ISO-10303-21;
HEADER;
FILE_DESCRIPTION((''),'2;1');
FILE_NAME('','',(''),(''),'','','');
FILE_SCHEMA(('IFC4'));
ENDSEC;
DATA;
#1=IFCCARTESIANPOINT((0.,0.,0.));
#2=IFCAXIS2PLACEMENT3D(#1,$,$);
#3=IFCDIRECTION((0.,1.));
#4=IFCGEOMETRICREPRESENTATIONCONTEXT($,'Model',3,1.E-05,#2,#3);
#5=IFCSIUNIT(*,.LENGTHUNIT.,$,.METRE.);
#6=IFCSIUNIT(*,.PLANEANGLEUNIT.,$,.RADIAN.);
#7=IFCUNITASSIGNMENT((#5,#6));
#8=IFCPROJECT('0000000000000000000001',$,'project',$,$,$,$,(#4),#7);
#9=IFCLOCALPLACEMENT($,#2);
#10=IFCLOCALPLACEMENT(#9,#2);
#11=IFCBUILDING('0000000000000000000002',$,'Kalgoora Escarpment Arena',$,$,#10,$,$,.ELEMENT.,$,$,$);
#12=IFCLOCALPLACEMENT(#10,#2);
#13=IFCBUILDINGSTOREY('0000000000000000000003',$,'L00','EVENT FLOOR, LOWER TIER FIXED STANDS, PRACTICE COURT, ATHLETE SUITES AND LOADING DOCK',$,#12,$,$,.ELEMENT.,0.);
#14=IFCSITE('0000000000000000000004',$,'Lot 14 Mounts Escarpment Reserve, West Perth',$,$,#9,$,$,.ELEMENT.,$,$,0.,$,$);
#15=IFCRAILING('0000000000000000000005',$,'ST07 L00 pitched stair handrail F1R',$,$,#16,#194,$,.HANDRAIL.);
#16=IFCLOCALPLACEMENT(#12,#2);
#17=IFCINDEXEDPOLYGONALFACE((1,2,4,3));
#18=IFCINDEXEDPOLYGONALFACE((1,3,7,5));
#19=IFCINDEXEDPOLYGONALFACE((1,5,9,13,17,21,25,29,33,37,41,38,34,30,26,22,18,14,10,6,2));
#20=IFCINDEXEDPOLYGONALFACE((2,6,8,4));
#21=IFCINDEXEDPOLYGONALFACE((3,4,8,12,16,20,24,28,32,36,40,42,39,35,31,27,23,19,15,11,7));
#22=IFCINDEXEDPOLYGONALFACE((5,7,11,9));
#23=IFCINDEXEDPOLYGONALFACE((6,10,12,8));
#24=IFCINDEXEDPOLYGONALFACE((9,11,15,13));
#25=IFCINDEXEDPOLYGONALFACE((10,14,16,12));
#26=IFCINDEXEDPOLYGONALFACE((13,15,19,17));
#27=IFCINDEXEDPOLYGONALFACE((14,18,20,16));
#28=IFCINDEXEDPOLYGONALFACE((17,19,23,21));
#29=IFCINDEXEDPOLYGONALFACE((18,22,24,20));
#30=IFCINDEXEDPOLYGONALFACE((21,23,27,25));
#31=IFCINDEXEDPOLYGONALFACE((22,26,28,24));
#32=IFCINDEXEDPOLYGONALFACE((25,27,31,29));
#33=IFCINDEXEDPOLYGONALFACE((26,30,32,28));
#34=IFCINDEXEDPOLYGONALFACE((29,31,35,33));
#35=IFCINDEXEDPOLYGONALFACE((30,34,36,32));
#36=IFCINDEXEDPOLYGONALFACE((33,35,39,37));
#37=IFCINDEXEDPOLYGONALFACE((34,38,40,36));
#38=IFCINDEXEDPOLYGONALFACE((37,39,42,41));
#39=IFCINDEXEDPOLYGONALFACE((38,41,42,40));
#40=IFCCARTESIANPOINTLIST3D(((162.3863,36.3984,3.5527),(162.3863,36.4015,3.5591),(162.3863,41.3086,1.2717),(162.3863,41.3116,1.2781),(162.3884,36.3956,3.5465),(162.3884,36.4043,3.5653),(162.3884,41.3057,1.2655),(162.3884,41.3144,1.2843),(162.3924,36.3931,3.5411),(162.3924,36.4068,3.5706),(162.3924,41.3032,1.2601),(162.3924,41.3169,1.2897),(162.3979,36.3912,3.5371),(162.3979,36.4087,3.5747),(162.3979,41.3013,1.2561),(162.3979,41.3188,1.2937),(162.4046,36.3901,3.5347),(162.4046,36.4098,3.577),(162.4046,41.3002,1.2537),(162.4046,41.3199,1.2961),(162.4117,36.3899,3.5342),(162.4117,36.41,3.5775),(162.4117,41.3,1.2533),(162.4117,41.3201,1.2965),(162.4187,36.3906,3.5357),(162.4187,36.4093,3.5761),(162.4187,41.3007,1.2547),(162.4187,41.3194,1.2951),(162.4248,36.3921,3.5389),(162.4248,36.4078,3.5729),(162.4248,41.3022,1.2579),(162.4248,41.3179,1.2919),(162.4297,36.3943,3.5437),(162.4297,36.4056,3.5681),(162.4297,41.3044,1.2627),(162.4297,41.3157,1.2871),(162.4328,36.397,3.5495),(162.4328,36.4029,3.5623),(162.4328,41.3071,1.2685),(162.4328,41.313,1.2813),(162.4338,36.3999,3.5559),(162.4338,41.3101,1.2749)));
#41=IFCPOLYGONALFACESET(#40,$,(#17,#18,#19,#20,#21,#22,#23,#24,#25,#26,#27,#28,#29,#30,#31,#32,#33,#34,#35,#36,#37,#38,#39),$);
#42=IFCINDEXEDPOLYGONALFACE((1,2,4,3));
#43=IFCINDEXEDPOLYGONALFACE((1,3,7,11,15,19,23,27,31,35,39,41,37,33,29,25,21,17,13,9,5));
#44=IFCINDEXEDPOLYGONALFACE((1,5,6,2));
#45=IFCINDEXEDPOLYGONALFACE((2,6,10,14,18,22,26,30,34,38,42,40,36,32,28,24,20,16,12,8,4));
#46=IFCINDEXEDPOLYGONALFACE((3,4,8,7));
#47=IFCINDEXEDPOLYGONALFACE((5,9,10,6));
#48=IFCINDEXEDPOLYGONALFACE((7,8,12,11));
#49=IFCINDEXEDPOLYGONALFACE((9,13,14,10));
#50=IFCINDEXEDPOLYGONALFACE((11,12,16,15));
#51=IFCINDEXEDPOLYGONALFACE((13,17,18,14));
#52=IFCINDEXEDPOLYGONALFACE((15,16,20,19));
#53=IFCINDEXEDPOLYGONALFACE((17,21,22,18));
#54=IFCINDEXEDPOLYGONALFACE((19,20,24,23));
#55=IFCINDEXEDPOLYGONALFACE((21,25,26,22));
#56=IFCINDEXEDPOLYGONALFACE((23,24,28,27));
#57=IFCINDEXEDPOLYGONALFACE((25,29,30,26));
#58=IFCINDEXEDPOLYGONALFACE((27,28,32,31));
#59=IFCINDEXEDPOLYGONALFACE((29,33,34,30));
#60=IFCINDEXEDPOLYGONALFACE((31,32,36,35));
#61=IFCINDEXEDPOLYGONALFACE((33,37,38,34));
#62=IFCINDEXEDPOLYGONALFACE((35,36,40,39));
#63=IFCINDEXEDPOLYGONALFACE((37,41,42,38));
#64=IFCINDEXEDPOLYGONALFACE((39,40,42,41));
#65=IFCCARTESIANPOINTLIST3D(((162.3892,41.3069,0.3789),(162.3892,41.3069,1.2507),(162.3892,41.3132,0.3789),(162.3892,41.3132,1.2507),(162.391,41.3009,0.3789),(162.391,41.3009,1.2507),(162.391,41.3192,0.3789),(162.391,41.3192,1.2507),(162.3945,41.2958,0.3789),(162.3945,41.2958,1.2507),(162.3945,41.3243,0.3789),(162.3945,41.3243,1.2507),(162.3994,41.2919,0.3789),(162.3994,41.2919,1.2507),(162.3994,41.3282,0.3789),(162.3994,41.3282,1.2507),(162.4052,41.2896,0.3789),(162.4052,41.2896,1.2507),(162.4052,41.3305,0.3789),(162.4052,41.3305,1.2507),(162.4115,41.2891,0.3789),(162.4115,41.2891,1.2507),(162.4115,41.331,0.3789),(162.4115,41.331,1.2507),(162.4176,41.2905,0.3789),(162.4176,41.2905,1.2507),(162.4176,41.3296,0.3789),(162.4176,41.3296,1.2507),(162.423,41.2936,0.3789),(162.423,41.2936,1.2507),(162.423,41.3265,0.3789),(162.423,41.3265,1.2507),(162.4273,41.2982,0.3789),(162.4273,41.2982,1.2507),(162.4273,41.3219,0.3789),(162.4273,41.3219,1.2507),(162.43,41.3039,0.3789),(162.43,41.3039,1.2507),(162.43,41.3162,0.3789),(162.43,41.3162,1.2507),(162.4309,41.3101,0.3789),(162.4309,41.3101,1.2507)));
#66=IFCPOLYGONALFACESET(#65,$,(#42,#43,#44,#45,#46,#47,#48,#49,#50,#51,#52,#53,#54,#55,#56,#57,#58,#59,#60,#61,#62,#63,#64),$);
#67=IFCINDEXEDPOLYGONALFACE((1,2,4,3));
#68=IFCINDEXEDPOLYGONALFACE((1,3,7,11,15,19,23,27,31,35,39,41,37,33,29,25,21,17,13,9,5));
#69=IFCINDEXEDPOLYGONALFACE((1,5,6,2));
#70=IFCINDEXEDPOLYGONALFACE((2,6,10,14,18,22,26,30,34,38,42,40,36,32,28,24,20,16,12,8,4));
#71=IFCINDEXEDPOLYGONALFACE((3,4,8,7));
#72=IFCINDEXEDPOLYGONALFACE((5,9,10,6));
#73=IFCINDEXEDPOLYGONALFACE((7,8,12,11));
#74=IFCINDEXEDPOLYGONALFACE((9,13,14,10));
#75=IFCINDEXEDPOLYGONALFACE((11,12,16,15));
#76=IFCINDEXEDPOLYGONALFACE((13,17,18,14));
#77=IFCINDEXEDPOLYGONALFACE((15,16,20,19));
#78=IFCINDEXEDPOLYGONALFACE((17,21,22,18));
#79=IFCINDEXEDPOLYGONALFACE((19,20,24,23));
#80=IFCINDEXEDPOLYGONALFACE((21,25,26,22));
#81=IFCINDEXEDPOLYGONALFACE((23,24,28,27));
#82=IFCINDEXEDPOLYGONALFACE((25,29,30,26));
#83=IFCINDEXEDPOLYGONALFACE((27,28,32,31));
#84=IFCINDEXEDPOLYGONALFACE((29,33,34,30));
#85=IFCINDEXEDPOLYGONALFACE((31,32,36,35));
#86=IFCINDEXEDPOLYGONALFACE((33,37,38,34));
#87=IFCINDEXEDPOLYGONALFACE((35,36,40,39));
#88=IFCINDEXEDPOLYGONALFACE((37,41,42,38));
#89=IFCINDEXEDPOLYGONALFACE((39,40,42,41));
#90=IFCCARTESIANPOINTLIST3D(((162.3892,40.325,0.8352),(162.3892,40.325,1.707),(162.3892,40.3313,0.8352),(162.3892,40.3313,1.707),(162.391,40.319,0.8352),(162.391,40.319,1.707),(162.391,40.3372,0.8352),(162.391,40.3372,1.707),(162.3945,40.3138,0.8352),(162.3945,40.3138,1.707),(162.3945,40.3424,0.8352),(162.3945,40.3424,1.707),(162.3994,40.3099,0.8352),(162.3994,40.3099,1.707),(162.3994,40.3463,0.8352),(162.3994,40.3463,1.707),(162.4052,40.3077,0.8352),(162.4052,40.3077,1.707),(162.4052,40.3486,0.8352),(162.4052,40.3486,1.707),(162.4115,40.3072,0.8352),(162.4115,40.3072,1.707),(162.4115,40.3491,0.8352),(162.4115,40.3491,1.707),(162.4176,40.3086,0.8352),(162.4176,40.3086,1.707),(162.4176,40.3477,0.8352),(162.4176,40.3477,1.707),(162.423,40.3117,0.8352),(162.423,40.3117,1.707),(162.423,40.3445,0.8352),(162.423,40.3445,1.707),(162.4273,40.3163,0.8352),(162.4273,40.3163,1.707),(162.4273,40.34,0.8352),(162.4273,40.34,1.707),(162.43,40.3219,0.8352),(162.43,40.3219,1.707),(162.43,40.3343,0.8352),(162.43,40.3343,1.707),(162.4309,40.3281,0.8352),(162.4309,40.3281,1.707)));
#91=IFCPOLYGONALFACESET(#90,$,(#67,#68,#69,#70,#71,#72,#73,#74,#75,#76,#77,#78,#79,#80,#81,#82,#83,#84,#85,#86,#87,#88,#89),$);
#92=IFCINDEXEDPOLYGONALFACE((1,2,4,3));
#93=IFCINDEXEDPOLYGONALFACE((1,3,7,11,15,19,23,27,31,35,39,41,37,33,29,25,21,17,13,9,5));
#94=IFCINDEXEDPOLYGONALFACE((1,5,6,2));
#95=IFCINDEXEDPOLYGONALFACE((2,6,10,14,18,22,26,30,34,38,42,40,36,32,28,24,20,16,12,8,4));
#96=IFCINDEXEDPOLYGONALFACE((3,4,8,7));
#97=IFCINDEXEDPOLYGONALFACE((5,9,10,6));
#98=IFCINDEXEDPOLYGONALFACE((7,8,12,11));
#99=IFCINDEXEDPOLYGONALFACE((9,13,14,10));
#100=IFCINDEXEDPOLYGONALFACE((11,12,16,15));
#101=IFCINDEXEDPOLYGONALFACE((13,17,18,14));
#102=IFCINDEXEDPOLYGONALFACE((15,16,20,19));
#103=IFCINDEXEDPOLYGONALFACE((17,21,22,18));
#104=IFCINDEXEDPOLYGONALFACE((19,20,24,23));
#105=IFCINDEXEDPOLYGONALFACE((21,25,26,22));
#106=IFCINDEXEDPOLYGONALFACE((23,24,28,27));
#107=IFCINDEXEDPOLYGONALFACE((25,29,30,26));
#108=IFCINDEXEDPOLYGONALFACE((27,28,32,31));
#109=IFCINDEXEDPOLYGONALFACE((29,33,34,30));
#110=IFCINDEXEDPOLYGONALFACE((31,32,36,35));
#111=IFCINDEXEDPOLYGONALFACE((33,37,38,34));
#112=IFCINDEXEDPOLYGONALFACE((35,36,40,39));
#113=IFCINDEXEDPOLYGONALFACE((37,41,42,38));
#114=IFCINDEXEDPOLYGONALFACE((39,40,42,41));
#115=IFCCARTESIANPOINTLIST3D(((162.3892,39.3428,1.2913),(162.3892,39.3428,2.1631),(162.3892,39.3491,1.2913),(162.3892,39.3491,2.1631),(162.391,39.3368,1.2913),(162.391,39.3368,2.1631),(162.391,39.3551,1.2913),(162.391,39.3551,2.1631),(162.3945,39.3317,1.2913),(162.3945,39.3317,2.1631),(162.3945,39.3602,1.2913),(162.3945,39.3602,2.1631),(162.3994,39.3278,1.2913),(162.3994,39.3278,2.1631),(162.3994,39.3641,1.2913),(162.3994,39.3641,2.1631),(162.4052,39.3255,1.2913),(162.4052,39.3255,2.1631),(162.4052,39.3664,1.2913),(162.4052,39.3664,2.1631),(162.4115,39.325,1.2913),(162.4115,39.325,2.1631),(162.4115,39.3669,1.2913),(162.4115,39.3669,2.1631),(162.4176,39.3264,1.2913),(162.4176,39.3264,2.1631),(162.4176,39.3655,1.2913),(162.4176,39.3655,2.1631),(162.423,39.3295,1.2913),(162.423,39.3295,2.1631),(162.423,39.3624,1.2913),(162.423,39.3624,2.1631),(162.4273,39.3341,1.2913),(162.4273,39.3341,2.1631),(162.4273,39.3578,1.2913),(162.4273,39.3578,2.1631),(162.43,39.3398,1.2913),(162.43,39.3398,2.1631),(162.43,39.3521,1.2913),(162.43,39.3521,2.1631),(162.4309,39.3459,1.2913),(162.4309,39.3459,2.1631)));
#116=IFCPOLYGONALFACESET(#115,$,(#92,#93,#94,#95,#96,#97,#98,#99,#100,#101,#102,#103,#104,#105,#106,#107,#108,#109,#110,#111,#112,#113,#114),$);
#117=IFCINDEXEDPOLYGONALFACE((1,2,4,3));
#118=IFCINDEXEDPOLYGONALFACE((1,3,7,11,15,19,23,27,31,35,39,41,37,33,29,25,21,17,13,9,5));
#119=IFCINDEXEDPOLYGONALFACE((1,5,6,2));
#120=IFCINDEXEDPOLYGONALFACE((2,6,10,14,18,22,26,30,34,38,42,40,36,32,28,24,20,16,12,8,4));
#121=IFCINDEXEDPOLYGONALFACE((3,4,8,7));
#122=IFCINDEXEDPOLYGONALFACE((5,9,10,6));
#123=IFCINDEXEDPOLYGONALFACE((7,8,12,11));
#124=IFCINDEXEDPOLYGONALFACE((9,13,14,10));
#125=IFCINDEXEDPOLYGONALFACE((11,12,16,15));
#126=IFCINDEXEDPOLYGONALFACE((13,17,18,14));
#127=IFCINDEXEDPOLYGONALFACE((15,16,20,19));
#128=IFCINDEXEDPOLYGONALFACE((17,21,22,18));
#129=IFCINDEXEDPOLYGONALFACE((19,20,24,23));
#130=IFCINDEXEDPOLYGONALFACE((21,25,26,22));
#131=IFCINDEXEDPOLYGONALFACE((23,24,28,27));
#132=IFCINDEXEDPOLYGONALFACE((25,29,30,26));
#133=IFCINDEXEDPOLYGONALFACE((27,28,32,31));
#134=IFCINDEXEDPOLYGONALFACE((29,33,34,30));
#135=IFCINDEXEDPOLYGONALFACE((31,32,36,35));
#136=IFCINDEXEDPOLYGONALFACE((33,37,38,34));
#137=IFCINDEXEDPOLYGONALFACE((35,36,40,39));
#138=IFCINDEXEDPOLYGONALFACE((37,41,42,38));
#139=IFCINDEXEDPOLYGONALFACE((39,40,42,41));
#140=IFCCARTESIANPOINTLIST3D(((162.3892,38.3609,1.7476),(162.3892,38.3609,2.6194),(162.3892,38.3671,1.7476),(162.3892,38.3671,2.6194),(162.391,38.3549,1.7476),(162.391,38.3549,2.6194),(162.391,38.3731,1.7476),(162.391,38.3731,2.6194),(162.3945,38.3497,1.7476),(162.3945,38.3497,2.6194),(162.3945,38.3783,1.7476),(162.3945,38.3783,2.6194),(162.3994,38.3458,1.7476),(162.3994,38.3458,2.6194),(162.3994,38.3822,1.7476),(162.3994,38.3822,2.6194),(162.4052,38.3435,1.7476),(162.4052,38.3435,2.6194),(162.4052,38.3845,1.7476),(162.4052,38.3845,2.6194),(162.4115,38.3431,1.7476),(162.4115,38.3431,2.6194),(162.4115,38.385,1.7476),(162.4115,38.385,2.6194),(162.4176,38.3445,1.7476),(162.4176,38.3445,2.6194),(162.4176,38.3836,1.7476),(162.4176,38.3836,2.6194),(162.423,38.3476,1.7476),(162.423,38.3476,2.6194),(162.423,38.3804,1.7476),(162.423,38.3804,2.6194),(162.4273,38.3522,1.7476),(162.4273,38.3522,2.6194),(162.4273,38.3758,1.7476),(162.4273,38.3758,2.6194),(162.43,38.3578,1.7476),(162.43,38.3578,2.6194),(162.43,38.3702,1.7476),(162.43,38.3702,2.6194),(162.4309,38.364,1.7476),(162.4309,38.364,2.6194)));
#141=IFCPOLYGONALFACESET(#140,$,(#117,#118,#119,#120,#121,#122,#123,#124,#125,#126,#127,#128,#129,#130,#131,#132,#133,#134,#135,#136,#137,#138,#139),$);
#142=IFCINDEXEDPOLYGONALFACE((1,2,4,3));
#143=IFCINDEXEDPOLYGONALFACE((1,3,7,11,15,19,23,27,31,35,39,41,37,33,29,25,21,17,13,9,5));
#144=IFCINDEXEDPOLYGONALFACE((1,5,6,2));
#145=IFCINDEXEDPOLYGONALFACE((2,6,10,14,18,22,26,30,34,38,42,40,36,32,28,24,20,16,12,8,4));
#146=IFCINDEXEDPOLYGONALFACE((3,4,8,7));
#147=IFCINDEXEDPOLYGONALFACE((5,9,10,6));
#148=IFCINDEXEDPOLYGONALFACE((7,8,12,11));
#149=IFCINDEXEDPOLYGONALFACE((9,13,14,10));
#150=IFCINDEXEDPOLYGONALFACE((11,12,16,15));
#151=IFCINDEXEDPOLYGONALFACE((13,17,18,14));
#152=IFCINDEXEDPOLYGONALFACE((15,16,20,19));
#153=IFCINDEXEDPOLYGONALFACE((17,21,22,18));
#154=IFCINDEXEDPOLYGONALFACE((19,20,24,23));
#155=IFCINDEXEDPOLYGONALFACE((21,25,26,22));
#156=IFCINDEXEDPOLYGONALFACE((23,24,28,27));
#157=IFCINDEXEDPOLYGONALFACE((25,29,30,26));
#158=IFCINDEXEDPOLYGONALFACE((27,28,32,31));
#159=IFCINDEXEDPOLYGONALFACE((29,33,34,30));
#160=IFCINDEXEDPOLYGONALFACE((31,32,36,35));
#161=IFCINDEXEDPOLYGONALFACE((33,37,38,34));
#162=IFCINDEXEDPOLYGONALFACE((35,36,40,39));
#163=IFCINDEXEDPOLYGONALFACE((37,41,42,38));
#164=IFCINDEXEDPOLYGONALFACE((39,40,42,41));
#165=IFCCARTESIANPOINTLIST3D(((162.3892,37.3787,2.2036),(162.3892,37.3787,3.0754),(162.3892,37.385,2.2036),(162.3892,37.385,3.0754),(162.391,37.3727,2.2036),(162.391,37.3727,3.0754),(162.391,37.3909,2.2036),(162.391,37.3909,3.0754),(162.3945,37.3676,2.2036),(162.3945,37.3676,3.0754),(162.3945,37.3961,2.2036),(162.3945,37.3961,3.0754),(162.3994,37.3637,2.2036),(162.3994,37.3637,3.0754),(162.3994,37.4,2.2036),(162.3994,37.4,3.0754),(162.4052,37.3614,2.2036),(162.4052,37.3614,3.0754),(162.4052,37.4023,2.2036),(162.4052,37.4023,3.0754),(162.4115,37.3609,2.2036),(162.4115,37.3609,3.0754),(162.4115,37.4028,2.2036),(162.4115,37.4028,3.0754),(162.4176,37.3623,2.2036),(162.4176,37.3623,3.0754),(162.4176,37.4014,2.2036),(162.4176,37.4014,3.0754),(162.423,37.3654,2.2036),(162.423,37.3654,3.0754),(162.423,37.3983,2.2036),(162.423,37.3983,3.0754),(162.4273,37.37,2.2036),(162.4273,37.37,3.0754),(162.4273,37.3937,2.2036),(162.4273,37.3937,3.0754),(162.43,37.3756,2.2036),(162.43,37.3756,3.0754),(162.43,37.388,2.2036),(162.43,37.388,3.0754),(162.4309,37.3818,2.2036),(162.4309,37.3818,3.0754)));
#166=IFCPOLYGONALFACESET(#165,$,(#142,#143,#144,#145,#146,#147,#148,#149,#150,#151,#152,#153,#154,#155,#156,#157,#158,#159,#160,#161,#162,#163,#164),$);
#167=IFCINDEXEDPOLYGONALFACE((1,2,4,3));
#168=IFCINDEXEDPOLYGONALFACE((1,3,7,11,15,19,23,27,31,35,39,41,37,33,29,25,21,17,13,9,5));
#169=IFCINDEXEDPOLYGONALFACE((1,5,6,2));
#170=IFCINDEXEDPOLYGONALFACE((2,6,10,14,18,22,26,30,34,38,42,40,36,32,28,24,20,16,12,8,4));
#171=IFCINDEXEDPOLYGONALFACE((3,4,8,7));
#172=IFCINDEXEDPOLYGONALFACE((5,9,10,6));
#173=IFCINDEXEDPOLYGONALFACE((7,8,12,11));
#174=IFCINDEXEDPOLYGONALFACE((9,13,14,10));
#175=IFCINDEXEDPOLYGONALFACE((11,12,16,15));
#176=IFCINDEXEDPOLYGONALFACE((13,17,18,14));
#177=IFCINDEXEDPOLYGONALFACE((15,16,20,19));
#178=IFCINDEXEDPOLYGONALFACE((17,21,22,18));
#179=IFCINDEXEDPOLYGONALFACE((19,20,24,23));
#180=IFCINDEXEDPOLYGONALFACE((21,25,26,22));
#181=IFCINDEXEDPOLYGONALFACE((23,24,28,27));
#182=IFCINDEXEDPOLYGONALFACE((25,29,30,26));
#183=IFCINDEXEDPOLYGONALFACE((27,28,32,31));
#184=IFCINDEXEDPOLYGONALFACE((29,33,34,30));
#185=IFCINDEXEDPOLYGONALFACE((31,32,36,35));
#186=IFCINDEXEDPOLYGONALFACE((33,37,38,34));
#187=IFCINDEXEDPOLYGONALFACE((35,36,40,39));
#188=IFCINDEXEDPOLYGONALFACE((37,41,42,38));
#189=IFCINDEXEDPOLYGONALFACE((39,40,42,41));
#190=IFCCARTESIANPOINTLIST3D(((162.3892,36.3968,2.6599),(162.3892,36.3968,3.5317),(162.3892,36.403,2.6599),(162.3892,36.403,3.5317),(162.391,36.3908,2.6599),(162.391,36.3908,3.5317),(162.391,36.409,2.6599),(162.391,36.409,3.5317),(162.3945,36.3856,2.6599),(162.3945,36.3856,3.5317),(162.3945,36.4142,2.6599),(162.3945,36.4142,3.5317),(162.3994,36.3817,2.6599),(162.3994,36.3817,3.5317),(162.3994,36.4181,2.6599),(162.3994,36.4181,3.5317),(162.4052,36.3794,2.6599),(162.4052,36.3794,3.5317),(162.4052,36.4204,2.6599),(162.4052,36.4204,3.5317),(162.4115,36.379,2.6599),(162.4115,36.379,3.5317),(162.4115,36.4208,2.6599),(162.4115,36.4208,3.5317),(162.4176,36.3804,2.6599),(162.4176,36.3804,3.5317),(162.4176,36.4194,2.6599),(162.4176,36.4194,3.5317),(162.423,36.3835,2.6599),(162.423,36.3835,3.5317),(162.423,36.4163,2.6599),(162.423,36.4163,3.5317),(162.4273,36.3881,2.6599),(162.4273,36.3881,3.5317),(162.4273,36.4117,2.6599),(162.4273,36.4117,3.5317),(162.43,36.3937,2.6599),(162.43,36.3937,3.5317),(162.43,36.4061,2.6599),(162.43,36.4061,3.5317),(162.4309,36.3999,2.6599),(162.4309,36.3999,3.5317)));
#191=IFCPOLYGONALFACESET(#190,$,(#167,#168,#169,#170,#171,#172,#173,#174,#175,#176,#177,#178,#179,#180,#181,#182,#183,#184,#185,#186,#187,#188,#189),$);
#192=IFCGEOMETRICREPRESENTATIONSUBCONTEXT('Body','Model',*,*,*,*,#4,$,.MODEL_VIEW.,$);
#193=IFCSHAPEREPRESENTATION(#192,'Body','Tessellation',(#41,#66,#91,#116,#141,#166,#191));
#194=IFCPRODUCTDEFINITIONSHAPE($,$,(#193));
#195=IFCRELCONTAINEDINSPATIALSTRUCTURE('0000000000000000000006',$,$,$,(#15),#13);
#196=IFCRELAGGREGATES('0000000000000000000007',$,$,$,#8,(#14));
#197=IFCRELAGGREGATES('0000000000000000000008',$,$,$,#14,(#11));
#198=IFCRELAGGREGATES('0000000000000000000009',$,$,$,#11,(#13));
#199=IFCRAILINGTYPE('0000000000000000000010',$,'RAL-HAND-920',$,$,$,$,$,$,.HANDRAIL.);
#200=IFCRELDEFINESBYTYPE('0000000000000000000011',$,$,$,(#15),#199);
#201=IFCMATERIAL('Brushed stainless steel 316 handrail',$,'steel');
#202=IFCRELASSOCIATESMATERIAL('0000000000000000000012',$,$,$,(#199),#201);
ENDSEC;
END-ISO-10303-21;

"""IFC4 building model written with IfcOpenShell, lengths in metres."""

from ifc_helpers import new_model, si_unit, direction, frame, origin, origin_2d, place, context, subcontext, project, spatial, circle, extrude, material, type_object, element, save


model = new_model("IFC4")

# Units and contexts
model_context = context("Model", 3, precision=1e-05, world=origin(), true_north=direction((0.0, 1.0)))
body_context = subcontext(model_context, "Body", "Model", "MODEL_VIEW")
ifc_project = project(units=[si_unit("LENGTHUNIT", "METRE"), si_unit("PLANEANGLEUNIT", "RADIAN")], contexts=[model_context])

# Site, building, storey
site_placement = place(None, origin())
site = spatial("IfcSite", under=ifc_project, at=site_placement, Name="Lot 14 Mounts Escarpment Reserve, West Perth", CompositionType="ELEMENT", RefElevation=0.0)
building_placement = place(site_placement, origin())
building = spatial("IfcBuilding", under=site, at=building_placement, Name="Kalgoora Escarpment Arena", CompositionType="ELEMENT")
storey_placement = place(building_placement, origin())
storey = spatial("IfcBuildingStorey", under=building, at=storey_placement, Name="L00", Description="EVENT FLOOR, LOWER TIER FIXED STANDS, PRACTICE COURT, ATHLETE SUITES AND LOADING DOCK", CompositionType="ELEMENT", Elevation=0.0)

# Railing
ifc_material_1 = material(Name="Brushed stainless steel 316 handrail", Category="steel")
railing_type_1 = type_object("IfcRailingType", Name="RAL-HAND-920", PredefinedType="HANDRAIL", material=ifc_material_1)
for number, where, name in (
    (1, (162.4099, 41.3101, 0.3789), "ST07 L00 pitched stair handrail F1R"),
):
    element("IfcRailing", number, at=place(storey_placement, frame(where)), inside=storey, type_object=railing_type_1, Name=name, PredefinedType="HANDRAIL", context=body_context, shape_type="SweptSolid", body=[
        extrude(circle(Radius=0.0239, at=origin_2d()), frame((0.0, 0.0, 0.896), z_axis=(0.0, -0.906918, 0.421307), x_axis=(1.0, 0.0, 0.0)), (0.0, 0.0, 1.0), 5.4141),
        extrude(circle(Radius=0.021, at=origin_2d()), origin(), (0.0, 0.0, 1.0), 0.8718),
        extrude(circle(Radius=0.021, at=origin_2d()), frame((0.0, -0.9819, 0.4563)), (0.0, 0.0, 1.0), 0.8718),
        extrude(circle(Radius=0.021, at=origin_2d()), frame((0.0, -1.9641, 0.9124)), (0.0, 0.0, 1.0), 0.8718),
        extrude(circle(Radius=0.021, at=origin_2d()), frame((0.0, -2.946, 1.3687)), (0.0, 0.0, 1.0), 0.8718),
        extrude(circle(Radius=0.021, at=origin_2d()), frame((0.0, -3.9282, 1.8247)), (0.0, 0.0, 1.0), 0.8718),
        extrude(circle(Radius=0.021, at=origin_2d()), frame((0.0, -4.9102, 2.281)), (0.0, 0.0, 1.0), 0.8718),
    ])

save(model, "model.ifc")
